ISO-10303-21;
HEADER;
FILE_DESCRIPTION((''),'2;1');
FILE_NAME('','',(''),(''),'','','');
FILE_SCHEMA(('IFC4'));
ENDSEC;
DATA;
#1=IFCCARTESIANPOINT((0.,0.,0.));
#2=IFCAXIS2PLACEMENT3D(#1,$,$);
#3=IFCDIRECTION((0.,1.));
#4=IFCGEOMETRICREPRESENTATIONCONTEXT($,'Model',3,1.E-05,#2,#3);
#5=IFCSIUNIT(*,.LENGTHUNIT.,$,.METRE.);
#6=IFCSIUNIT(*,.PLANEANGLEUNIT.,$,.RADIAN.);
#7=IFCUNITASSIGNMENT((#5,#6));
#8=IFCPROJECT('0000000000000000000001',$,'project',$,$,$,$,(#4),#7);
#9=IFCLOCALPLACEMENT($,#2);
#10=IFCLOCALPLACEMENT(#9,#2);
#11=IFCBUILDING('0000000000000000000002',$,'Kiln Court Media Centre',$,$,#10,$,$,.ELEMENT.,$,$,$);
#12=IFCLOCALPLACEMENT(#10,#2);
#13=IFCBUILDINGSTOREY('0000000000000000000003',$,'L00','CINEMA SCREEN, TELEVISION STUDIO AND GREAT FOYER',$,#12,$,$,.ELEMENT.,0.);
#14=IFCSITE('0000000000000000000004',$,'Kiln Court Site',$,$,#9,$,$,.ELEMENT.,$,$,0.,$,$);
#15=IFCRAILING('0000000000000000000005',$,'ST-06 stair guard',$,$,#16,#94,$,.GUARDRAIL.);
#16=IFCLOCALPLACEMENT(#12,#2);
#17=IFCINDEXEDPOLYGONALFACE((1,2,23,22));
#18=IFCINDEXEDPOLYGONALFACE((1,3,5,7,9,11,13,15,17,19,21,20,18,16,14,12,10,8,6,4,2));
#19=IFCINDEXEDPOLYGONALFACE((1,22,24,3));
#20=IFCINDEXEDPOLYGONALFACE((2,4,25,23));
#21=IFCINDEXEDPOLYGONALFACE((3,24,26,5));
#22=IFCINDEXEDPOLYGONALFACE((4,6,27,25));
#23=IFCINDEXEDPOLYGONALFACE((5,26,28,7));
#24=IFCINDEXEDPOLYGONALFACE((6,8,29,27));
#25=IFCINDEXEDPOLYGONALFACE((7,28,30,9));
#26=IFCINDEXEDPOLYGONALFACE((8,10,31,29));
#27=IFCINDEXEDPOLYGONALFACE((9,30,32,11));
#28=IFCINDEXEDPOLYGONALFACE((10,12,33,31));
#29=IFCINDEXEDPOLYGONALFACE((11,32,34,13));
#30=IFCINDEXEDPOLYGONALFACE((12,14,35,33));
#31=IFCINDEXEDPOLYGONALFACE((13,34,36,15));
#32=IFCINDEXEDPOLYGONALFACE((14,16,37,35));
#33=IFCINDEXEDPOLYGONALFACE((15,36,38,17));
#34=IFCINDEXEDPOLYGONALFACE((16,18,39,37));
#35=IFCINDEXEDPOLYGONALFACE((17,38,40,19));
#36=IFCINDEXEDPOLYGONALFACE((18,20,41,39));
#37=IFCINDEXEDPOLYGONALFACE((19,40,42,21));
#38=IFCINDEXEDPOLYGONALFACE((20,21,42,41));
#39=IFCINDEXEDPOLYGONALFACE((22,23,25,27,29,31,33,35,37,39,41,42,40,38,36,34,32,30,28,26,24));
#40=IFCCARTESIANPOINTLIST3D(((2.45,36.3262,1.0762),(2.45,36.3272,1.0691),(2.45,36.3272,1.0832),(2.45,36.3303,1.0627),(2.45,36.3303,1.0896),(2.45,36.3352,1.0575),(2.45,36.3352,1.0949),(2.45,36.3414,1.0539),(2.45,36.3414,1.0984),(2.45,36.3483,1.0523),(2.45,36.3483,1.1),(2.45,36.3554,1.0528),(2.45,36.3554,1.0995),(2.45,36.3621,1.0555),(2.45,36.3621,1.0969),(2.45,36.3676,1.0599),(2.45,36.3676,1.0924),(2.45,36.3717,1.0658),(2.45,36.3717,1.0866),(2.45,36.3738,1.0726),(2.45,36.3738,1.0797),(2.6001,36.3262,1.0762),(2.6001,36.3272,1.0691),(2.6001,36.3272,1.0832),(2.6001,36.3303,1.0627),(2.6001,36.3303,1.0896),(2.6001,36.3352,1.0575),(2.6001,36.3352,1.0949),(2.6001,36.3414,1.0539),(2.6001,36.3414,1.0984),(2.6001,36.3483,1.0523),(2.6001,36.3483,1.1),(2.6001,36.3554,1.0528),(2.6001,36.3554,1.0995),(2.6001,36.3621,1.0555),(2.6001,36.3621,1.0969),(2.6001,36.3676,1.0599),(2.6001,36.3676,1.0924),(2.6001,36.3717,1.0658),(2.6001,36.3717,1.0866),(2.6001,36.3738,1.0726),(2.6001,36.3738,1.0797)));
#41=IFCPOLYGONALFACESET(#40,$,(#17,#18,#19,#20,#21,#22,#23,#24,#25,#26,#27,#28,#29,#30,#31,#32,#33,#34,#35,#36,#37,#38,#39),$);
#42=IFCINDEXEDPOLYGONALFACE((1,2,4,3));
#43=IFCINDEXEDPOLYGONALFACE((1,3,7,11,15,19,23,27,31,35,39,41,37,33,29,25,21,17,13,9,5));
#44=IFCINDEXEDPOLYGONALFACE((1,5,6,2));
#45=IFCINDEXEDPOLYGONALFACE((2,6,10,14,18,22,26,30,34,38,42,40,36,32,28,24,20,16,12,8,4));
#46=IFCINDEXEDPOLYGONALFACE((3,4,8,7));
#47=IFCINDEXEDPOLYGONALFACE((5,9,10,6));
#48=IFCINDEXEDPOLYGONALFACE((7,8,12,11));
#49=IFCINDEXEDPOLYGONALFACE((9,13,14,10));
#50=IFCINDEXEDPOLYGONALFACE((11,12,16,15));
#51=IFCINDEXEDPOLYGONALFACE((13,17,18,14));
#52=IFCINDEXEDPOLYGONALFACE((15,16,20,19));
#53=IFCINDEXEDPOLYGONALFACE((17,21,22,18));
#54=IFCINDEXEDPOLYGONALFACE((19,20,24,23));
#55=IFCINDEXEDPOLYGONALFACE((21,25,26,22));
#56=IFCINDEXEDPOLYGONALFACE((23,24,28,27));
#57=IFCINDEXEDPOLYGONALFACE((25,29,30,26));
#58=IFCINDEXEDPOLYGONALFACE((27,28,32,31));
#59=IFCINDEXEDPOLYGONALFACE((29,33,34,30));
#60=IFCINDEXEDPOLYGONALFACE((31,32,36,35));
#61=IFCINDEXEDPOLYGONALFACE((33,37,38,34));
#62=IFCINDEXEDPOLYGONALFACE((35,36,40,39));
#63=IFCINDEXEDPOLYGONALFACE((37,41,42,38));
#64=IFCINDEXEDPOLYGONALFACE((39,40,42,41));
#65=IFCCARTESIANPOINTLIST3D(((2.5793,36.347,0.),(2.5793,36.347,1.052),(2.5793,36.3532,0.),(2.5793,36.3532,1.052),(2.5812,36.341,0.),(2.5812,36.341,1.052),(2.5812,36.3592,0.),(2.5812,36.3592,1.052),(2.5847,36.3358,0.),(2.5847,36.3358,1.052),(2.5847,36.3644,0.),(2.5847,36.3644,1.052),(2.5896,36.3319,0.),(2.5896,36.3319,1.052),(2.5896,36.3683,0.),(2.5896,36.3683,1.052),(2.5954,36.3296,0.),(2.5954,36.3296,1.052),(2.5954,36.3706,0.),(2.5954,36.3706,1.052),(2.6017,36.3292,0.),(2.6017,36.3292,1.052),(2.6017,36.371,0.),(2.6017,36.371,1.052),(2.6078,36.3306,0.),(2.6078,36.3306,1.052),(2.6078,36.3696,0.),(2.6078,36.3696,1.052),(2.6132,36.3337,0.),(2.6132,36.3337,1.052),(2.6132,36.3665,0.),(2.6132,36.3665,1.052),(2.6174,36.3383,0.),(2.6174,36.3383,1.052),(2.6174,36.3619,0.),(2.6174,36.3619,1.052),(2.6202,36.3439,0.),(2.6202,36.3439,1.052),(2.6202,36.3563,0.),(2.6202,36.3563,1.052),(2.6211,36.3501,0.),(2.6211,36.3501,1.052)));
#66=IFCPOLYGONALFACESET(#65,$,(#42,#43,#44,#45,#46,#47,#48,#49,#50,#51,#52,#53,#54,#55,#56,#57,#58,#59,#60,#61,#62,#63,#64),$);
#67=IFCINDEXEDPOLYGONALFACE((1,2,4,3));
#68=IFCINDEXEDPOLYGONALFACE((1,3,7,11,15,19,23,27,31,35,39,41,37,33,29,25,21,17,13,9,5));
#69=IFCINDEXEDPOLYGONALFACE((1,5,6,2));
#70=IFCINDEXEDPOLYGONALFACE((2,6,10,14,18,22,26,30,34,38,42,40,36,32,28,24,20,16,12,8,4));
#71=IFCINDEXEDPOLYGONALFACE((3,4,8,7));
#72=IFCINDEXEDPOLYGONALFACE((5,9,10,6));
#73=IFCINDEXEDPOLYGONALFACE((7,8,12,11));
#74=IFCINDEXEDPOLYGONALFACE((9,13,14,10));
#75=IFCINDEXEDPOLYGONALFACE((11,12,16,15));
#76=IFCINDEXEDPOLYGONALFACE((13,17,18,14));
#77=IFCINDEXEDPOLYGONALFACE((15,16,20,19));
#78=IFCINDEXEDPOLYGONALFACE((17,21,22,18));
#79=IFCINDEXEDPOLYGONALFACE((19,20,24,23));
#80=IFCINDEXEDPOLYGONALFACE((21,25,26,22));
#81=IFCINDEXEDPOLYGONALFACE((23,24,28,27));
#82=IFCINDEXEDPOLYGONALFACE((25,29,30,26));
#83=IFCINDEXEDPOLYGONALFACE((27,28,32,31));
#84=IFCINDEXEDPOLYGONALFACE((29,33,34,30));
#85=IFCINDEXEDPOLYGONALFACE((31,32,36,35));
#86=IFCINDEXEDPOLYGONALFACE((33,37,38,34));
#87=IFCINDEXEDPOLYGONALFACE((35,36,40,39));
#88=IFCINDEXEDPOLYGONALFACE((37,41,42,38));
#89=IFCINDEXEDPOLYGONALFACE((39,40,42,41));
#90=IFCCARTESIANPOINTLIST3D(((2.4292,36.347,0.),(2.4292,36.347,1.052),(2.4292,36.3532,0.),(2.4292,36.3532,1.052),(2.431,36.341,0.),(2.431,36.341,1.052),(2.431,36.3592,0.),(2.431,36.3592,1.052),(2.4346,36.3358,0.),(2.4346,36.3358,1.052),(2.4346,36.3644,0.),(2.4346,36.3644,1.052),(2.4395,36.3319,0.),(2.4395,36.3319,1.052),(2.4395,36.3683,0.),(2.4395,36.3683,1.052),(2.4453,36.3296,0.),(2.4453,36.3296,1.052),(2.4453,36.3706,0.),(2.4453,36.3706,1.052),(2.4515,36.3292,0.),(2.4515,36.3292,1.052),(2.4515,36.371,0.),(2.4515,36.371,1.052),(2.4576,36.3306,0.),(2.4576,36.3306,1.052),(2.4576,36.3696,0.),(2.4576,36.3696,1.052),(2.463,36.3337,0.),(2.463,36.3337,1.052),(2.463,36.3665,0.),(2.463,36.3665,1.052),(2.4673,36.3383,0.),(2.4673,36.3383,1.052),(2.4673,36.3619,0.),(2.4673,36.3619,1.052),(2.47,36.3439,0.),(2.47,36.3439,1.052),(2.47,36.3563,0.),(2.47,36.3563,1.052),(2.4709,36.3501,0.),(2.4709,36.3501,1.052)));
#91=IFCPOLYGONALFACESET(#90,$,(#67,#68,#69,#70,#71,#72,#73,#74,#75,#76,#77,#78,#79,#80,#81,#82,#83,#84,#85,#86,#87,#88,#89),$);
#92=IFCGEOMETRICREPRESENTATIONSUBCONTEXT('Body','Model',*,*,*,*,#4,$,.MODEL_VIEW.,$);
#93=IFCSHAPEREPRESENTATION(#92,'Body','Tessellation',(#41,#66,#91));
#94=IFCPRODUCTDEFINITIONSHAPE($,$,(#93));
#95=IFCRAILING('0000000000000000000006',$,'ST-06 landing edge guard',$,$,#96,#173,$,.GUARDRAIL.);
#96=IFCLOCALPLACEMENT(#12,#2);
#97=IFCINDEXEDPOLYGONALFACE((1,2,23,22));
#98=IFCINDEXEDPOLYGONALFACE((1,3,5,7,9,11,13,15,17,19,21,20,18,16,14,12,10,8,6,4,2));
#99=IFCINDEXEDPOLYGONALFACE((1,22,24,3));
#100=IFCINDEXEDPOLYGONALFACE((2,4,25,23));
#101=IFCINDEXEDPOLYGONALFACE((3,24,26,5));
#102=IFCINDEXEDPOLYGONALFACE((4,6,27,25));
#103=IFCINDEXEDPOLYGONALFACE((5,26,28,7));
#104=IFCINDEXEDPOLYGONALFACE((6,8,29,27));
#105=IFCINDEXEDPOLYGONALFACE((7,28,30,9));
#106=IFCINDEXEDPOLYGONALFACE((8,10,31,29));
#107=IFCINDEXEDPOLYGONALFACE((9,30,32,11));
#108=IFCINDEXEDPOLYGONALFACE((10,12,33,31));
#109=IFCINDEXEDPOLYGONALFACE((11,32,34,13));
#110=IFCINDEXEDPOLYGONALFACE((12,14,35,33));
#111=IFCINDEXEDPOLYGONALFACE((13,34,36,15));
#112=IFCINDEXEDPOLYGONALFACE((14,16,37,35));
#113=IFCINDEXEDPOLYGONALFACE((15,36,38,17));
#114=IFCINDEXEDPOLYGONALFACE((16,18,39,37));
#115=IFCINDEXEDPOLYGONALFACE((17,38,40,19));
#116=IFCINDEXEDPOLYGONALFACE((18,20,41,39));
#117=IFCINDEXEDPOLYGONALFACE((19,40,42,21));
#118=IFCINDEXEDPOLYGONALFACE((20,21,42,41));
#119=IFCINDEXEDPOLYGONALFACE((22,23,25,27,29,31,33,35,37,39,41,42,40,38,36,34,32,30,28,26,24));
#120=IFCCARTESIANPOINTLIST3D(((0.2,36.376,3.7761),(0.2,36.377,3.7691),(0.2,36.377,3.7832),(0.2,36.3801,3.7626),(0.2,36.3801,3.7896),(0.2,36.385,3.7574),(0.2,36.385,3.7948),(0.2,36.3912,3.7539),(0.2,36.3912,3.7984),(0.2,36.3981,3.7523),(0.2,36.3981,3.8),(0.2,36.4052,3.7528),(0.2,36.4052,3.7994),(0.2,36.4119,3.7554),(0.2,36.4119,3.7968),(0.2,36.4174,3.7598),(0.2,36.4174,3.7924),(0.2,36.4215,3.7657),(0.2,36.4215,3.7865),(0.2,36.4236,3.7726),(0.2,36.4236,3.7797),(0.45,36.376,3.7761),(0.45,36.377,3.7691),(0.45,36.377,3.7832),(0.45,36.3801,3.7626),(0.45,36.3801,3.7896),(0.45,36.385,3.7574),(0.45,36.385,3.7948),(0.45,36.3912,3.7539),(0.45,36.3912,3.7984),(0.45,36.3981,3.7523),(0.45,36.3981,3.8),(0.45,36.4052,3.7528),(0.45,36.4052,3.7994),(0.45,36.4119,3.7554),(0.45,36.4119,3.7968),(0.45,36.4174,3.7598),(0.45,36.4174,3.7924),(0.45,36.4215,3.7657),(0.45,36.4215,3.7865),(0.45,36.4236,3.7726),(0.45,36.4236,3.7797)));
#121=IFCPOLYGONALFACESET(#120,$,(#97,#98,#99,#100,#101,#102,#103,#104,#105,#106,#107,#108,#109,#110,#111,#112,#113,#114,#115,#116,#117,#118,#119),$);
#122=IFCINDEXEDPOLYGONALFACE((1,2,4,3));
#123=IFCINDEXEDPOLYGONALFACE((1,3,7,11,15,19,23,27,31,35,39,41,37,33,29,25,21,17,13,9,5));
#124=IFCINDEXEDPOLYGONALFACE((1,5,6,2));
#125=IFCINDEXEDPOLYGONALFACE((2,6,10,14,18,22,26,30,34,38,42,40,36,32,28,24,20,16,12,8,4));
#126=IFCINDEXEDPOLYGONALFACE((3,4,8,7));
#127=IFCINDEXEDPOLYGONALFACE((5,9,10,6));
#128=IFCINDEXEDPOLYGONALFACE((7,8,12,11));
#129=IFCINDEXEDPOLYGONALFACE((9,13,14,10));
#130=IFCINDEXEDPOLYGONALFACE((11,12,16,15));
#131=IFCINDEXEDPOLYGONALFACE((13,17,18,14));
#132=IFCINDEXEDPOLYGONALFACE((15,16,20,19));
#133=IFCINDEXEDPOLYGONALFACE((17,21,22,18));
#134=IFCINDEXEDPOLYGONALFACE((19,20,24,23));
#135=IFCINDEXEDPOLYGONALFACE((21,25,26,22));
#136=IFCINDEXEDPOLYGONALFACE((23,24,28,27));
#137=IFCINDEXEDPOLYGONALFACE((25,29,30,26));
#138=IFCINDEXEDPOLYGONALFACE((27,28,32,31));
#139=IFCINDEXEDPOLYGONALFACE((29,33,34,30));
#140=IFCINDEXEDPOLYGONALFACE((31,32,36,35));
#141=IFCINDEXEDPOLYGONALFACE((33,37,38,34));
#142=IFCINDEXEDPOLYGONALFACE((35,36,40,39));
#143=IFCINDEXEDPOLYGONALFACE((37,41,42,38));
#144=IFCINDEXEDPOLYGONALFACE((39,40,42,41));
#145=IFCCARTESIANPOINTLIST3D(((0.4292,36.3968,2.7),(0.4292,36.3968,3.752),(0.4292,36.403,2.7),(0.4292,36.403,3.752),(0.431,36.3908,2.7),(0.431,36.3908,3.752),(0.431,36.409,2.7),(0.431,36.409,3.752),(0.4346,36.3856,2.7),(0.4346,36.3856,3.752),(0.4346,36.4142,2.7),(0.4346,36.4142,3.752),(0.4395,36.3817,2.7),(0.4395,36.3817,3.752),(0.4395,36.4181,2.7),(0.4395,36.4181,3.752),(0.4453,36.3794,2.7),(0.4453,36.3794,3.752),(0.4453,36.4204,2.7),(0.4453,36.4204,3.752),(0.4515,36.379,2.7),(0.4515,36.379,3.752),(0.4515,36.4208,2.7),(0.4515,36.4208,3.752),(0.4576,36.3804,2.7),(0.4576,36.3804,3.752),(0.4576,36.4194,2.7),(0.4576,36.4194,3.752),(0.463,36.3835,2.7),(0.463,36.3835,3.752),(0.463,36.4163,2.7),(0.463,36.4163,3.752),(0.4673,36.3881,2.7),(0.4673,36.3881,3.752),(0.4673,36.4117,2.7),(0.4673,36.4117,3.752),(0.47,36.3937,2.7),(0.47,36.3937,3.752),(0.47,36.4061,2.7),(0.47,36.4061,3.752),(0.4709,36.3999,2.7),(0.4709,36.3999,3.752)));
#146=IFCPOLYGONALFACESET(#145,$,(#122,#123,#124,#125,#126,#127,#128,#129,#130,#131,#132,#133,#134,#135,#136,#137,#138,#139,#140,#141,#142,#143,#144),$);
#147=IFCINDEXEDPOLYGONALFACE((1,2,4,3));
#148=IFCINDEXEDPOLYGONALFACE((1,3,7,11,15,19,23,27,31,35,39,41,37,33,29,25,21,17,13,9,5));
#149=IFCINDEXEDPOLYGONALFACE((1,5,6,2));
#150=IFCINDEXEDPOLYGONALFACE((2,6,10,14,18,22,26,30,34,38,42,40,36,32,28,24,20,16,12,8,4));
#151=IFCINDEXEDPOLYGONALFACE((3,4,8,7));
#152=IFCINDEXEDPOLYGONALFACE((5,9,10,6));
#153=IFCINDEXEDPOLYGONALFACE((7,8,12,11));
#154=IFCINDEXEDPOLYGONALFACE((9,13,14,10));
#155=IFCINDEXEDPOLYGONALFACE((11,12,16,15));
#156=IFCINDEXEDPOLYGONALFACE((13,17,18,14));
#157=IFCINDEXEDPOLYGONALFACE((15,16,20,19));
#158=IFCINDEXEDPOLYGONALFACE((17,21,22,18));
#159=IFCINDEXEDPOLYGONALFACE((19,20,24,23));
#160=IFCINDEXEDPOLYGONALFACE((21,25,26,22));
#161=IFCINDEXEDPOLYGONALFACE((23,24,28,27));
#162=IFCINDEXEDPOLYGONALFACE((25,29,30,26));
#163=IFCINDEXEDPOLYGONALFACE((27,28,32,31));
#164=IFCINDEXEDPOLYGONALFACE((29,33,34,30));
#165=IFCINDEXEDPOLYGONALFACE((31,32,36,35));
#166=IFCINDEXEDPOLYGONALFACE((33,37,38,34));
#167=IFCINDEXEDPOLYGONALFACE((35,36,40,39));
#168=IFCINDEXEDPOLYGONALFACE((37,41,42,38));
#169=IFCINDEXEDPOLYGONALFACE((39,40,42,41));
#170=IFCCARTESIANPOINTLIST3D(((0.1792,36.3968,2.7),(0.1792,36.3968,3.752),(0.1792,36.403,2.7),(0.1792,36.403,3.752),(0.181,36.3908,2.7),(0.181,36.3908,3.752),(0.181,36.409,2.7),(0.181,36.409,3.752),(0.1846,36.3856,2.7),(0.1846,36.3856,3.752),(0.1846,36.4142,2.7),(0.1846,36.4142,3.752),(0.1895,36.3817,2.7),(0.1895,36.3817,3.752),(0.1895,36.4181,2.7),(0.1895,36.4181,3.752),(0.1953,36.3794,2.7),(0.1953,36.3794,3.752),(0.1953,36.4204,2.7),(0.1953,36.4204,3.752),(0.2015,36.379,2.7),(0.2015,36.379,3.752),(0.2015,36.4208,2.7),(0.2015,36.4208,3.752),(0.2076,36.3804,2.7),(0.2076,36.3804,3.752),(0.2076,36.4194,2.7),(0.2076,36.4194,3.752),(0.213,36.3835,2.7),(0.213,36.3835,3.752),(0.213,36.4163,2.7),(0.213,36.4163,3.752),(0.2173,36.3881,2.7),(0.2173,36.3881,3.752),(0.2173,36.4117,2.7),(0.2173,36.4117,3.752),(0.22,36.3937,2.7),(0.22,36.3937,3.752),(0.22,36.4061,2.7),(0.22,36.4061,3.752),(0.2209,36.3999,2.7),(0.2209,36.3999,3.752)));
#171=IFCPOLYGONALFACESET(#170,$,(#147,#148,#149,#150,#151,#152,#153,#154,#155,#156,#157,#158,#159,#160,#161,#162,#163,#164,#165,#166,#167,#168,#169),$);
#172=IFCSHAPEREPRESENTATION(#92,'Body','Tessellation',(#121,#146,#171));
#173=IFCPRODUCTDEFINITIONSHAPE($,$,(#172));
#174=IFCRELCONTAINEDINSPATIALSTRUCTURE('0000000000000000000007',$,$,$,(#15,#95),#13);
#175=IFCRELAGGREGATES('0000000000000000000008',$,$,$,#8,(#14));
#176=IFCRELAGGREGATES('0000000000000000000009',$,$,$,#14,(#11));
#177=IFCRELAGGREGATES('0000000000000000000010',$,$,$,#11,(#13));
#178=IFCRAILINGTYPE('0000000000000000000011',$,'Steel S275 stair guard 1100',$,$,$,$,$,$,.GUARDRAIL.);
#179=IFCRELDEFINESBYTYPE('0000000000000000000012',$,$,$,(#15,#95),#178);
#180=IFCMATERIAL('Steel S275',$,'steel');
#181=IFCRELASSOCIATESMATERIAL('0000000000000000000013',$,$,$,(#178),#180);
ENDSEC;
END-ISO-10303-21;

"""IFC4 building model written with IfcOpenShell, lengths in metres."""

from ifc_helpers import new_model, si_unit, direction, frame, origin, origin_2d, place, context, subcontext, project, spatial, circle, extrude, material, type_object, element, save


model = new_model("IFC4")

# Units and contexts
model_context = context("Model", 3, precision=1e-05, world=origin(), true_north=direction((0.0, 1.0)))
body_context = subcontext(model_context, "Body", "Model", "MODEL_VIEW")
ifc_project = project(units=[si_unit("LENGTHUNIT", "METRE"), si_unit("PLANEANGLEUNIT", "RADIAN")], contexts=[model_context])

# Site, building, storey
site_placement = place(None, origin())
site = spatial("IfcSite", under=ifc_project, at=site_placement, Name="Kiln Court Site", CompositionType="ELEMENT", RefElevation=0.0)
building_placement = place(site_placement, origin())
building = spatial("IfcBuilding", under=site, at=building_placement, Name="Kiln Court Media Centre", CompositionType="ELEMENT")
storey_placement = place(building_placement, origin())
storey = spatial("IfcBuildingStorey", under=building, at=storey_placement, Name="L00", Description="CINEMA SCREEN, TELEVISION STUDIO AND GREAT FOYER", CompositionType="ELEMENT", Elevation=0.0)

# Railings
ifc_material_1 = material(Name="Steel S275", Category="steel")
railing_type_1 = type_object("IfcRailingType", Name="Steel S275 stair guard 1100", PredefinedType="GUARDRAIL", material=ifc_material_1)
railing_1_placement = place(storey_placement, frame((2.6001, 36.3501, 0.0)))
element("IfcRailing", 1, at=railing_1_placement, inside=storey, type_object=railing_type_1, Name="ST-06 stair guard", PredefinedType="GUARDRAIL", context=body_context, shape_type="SweptSolid", body=[
    extrude(circle(Radius=0.0239, at=origin_2d()), frame((0.0, 0.0, 1.0762), z_axis=(-1.0, 0.0, 0.0), x_axis=(0.0, -1.0, 0.0)), (0.0, 0.0, 1.0), 0.1501),
    extrude(circle(Radius=0.021, at=origin_2d()), origin(), (0.0, 0.0, 1.0), 1.052),
    extrude(circle(Radius=0.021, at=origin_2d()), frame((-0.1501, 0.0, 0.0)), (0.0, 0.0, 1.0), 1.052),
])
railing_2_placement = place(storey_placement, frame((0.45, 36.3999, 2.7)))
element("IfcRailing", 2, at=railing_2_placement, inside=storey, type_object=railing_type_1, Name="ST-06 landing edge guard", PredefinedType="GUARDRAIL", context=body_context, shape_type="SweptSolid", body=[
    extrude(circle(Radius=0.0239, at=origin_2d()), frame((0.0, 0.0, 1.0762), z_axis=(-1.0, 0.0, 0.0), x_axis=(0.0, -1.0, 0.0)), (0.0, 0.0, 1.0), 0.25),
    extrude(circle(Radius=0.021, at=origin_2d()), origin(), (0.0, 0.0, 1.0), 1.052),
    extrude(circle(Radius=0.021, at=origin_2d()), frame((-0.25, 0.0, 0.0)), (0.0, 0.0, 1.0), 1.052),
])

save(model, "model.ifc")
